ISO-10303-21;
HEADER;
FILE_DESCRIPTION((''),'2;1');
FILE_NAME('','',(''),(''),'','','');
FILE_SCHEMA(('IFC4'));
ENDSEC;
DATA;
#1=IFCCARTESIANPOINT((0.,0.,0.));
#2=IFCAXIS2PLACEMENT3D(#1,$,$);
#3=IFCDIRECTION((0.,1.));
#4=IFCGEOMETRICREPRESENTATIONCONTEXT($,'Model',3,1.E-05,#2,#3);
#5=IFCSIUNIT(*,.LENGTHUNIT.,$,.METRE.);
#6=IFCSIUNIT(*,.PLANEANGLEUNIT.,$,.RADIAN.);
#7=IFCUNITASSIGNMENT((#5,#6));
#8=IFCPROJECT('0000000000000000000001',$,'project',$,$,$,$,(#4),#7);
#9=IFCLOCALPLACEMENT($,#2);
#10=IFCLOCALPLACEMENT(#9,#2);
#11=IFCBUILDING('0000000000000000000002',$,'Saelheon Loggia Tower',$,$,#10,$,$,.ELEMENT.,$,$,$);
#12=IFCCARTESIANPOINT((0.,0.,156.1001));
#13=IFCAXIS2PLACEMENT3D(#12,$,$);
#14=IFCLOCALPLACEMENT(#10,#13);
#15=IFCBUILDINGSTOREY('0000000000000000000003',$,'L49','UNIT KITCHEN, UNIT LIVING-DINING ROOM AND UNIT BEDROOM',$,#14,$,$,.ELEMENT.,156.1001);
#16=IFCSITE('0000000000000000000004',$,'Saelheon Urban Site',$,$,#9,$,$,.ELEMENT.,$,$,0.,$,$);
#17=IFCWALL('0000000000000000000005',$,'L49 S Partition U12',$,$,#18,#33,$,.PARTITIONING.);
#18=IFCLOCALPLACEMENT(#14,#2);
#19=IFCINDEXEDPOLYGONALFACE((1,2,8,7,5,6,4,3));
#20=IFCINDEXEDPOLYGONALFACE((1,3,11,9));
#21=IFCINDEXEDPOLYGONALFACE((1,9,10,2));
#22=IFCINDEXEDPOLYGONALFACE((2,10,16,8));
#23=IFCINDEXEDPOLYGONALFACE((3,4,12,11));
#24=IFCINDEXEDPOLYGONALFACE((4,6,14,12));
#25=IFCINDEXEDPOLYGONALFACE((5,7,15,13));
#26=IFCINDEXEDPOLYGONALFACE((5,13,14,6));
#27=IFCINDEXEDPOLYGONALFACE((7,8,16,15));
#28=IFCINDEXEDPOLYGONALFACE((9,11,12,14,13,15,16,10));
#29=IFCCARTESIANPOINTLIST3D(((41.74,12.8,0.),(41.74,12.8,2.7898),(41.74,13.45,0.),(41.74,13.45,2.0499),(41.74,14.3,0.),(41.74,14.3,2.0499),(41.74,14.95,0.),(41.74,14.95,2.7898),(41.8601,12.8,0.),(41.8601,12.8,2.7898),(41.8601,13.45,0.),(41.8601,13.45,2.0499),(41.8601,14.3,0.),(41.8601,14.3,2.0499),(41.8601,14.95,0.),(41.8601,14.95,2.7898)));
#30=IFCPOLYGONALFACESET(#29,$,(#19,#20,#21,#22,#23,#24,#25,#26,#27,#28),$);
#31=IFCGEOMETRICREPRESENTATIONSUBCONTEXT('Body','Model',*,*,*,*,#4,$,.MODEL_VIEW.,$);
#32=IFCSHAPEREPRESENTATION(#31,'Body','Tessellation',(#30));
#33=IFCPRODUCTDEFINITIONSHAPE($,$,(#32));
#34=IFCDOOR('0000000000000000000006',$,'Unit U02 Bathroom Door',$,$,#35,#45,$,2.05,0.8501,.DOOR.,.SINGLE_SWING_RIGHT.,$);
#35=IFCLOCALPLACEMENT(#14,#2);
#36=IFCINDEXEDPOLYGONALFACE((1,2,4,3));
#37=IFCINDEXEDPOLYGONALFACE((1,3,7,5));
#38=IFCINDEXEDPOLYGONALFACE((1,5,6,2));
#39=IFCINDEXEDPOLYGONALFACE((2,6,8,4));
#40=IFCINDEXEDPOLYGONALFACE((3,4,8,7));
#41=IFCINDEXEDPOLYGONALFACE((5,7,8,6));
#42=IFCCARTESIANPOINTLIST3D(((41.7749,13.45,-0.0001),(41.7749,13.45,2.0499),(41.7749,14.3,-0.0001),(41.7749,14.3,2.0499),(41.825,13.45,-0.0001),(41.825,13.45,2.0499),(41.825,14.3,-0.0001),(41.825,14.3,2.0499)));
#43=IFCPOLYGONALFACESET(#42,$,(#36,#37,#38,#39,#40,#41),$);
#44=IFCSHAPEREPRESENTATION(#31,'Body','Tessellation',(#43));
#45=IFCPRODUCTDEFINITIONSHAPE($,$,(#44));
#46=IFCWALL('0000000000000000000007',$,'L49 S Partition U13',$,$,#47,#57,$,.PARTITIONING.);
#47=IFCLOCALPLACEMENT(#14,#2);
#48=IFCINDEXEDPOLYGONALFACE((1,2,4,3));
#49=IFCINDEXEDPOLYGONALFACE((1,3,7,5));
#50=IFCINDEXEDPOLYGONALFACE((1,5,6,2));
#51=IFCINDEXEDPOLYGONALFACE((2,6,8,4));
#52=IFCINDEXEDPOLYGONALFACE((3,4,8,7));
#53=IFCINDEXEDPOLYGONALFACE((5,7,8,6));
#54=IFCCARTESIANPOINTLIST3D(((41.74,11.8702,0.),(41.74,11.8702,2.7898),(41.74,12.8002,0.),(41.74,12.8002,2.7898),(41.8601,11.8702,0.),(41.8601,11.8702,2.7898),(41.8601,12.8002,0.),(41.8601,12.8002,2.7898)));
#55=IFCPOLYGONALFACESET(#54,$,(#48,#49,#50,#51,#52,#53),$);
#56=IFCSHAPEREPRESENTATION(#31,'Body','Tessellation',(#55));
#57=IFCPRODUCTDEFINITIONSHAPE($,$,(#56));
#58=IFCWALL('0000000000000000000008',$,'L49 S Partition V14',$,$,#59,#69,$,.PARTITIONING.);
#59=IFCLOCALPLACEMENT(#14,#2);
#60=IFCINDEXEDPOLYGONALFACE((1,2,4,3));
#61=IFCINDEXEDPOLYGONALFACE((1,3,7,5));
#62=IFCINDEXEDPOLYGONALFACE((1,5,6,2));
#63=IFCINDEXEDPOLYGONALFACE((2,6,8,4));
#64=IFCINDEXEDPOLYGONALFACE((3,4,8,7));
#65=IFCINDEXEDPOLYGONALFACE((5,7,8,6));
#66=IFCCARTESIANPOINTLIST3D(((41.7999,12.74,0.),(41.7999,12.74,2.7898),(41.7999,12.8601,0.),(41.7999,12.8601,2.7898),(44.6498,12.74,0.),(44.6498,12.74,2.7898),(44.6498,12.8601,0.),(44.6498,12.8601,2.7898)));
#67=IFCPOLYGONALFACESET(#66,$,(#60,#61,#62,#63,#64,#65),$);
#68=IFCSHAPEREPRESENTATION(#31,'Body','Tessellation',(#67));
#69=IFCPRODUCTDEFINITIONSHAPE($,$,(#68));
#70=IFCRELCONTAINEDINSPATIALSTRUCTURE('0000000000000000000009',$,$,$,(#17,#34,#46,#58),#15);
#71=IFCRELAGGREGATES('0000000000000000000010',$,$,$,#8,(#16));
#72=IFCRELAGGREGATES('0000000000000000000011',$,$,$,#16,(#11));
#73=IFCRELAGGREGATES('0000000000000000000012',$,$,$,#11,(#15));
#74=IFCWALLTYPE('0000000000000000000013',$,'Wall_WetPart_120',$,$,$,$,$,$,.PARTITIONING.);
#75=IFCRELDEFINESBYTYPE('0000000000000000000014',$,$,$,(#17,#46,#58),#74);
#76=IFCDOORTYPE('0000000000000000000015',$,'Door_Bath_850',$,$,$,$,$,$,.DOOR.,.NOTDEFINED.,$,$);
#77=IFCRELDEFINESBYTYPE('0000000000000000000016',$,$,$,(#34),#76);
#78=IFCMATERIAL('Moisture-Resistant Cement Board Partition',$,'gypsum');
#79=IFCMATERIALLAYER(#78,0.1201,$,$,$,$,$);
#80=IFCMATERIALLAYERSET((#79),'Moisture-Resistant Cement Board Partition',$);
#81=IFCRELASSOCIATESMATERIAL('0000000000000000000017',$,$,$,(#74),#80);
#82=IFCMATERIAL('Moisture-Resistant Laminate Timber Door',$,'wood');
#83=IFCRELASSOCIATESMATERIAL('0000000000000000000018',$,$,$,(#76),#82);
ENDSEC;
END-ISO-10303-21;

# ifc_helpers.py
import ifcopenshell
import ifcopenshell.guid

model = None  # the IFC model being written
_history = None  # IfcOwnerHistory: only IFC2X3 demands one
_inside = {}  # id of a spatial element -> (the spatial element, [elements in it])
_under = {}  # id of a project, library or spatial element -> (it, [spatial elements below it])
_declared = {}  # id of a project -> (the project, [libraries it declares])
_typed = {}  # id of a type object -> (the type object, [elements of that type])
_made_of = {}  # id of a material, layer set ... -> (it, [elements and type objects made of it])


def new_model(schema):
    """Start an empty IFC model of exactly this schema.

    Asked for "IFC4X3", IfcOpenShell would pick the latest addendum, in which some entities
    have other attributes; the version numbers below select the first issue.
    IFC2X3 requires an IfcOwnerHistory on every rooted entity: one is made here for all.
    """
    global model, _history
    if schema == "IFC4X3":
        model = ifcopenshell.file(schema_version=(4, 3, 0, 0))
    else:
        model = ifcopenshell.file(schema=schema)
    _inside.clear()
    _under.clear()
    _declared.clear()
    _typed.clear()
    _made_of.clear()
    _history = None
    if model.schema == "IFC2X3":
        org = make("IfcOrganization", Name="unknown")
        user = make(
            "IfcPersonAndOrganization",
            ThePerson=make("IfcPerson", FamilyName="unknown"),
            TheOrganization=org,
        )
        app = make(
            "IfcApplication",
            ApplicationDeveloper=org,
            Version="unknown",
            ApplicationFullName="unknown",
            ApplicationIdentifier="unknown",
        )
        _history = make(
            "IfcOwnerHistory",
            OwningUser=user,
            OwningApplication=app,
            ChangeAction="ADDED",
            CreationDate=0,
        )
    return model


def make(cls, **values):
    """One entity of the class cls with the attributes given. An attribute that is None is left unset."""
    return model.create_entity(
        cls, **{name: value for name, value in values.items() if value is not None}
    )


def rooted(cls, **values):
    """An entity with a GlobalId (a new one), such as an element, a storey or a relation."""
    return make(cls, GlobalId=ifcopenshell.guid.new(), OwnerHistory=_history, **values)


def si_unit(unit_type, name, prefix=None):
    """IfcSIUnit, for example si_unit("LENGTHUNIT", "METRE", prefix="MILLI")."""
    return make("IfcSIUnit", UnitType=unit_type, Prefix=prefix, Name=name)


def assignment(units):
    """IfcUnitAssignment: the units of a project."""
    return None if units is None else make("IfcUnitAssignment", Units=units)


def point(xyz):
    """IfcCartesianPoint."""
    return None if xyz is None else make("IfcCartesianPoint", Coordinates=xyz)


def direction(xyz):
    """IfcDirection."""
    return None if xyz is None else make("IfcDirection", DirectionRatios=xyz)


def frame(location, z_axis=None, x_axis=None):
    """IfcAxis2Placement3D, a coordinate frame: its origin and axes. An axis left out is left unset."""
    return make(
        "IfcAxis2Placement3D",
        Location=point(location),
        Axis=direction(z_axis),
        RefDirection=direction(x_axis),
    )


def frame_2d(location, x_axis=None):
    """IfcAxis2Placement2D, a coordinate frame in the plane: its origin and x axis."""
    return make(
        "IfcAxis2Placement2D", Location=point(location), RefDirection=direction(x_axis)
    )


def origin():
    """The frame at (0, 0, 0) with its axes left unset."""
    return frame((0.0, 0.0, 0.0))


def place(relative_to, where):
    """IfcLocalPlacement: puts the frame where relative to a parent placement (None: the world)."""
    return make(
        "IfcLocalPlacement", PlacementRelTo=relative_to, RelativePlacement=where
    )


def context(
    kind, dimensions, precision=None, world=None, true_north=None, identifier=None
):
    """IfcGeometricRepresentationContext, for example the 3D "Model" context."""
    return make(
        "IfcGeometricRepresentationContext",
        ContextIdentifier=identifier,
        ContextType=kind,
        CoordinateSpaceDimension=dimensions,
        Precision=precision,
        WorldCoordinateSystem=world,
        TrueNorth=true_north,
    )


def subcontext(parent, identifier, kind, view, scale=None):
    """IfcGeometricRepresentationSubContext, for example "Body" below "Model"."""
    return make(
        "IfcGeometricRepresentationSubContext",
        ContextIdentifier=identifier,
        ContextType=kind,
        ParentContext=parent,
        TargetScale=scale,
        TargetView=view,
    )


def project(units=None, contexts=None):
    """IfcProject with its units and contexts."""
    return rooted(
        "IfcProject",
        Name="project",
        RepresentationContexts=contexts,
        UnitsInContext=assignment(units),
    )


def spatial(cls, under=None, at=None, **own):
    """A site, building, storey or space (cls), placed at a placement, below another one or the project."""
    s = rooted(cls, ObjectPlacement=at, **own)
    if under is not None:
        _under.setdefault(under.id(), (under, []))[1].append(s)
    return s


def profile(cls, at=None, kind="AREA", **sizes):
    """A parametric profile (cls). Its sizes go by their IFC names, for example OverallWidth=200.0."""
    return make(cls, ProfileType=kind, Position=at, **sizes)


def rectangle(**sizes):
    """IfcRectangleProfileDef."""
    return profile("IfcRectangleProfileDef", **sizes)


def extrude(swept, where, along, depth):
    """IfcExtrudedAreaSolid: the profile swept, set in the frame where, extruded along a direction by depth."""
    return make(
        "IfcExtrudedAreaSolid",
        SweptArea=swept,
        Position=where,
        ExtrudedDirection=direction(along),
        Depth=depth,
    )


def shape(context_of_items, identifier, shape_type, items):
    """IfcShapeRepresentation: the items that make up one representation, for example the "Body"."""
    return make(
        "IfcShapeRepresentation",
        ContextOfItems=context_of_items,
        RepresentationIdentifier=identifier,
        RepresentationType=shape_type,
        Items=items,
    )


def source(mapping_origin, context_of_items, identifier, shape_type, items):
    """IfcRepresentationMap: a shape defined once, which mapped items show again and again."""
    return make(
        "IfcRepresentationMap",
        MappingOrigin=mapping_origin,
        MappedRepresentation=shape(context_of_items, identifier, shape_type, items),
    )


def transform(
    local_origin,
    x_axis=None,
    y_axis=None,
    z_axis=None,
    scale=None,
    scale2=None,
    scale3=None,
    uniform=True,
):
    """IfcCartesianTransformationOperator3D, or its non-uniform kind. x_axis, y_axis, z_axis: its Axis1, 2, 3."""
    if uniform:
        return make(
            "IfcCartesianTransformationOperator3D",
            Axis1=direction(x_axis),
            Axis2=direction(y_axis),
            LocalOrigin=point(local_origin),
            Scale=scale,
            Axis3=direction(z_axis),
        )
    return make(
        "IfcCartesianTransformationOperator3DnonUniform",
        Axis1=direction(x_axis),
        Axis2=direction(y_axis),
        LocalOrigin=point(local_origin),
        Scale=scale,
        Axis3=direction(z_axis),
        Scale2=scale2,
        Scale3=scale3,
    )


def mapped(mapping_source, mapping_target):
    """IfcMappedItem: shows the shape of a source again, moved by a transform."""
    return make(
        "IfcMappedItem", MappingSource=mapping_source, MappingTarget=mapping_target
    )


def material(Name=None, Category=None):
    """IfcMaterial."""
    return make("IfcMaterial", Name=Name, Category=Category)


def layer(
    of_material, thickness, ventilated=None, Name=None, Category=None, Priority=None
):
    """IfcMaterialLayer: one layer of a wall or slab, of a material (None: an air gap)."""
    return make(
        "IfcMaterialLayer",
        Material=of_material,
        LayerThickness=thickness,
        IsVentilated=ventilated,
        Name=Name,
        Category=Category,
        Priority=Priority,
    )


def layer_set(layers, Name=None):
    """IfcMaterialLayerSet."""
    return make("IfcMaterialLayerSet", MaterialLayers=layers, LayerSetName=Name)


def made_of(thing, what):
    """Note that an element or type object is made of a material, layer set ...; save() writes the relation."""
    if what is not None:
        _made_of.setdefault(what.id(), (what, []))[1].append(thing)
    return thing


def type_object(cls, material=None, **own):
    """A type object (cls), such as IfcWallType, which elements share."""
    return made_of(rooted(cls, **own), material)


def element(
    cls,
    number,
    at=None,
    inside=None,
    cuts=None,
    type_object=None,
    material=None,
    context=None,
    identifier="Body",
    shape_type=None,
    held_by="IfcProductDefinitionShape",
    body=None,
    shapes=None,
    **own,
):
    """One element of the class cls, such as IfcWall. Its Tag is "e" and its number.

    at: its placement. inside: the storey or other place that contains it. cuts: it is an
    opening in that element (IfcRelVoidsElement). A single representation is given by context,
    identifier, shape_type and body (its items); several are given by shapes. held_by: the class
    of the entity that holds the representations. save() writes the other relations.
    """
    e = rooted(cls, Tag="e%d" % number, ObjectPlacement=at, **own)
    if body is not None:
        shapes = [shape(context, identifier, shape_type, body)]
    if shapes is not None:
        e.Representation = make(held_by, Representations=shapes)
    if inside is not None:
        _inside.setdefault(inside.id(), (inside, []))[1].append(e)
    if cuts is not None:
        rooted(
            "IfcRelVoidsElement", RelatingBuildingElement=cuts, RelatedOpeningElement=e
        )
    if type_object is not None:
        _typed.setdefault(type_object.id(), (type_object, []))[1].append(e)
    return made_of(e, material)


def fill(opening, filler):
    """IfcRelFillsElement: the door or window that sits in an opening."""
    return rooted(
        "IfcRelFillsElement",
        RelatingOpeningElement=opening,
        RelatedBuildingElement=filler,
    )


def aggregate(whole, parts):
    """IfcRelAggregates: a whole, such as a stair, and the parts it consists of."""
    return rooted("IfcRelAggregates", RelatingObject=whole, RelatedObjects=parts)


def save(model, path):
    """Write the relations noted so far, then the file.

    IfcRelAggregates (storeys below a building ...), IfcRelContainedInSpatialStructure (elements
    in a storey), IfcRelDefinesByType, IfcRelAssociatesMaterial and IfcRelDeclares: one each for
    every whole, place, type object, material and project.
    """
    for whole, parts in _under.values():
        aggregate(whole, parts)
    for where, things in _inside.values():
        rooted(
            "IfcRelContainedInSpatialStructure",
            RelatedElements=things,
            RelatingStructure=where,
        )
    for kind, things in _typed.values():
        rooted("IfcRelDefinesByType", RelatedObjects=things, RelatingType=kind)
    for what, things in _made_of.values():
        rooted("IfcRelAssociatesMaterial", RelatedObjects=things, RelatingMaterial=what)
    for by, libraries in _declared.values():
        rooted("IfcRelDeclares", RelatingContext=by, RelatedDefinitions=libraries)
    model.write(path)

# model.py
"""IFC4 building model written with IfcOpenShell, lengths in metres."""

from ifc_helpers import new_model, si_unit, direction, frame, frame_2d, origin, place, context, subcontext, project, spatial, rectangle, extrude, source, transform, mapped, material, layer, layer_set, type_object, element, fill, save


model = new_model("IFC4")

# Units and contexts
model_context = context("Model", 3, precision=1e-05, world=origin(), true_north=direction((0.0, 1.0)))
body_context = subcontext(model_context, "Body", "Model", "MODEL_VIEW")
ifc_project = project(units=[si_unit("LENGTHUNIT", "METRE"), si_unit("PLANEANGLEUNIT", "RADIAN")], contexts=[model_context])

# Site, building, storey
site_placement = place(None, origin())
site = spatial("IfcSite", under=ifc_project, at=site_placement, Name="Saelheon Urban Site", CompositionType="ELEMENT", RefElevation=0.0)
building_placement = place(site_placement, origin())
building = spatial("IfcBuilding", under=site, at=building_placement, Name="Saelheon Loggia Tower", CompositionType="ELEMENT")
storey_placement = place(building_placement, frame((0.0, 0.0, 156.1001)))
storey = spatial("IfcBuildingStorey", under=building, at=storey_placement, Name="L49", Description="UNIT KITCHEN, UNIT LIVING-DINING ROOM AND UNIT BEDROOM", CompositionType="ELEMENT", Elevation=156.1001)

# Wall, opening, door
ifc_material_1 = material(Name="Moisture-Resistant Cement Board Partition", Category="gypsum")
ifc_layer_1 = layer(ifc_material_1, 0.1201)
ifc_layer_set_1 = layer_set([ifc_layer_1], Name="Moisture-Resistant Cement Board Partition")
wall_type_1 = type_object("IfcWallType", Name="Wall_WetPart_120", PredefinedType="PARTITIONING", material=ifc_layer_set_1)
wall_1_placement = place(storey_placement, frame((41.8, 14.95, 0.0), z_axis=(0.0, 0.0, 1.0), x_axis=(0.0, -1.0, 0.0)))
wall_1 = element("IfcWall", 1, at=wall_1_placement, inside=storey, type_object=wall_type_1, Name="L49 S Partition U12", PredefinedType="PARTITIONING", context=body_context, shape_type="SweptSolid", body=[
    extrude(rectangle(XDim=2.1499, YDim=0.1201, at=frame_2d((1.075, 0.0))), origin(), (0.0, 0.0, 1.0), 2.7898),
])
opening_1_placement = place(wall_1_placement, frame((0.6499, 0.0, 0.0)))
opening_1 = element("IfcOpeningElement", 2, at=opening_1_placement, cuts=wall_1, PredefinedType="OPENING", context=body_context, shape_type="SweptSolid", body=[
    extrude(rectangle(XDim=0.8501, YDim=2.05, at=frame_2d((0.425, 1.0249))), frame((0.0, 0.072, 0.0), z_axis=(0.0, -1.0, 0.0), x_axis=(1.0, 0.0, 0.0)), (0.0, 0.0, 1.0), 0.144),
])
ifc_material_2 = material(Name="Moisture-Resistant Laminate Timber Door", Category="wood")
door_type_1 = type_object("IfcDoorType", Name="Door_Bath_850", OperationType="NOTDEFINED", PredefinedType="DOOR", material=ifc_material_2)
shared_shape_1 = source(origin(), body_context, "Body", "SweptSolid", [
    extrude(rectangle(XDim=0.8501, YDim=2.05, at=frame_2d((0.425, 1.0249))), frame((0.0, 0.0249, 0.0), z_axis=(0.0, -1.0, 0.0), x_axis=(1.0, 0.0, 0.0)), (0.0, 0.0, 1.0), 0.05),
])
door_1_placement = place(opening_1_placement, origin())
door_1 = element("IfcDoor", 3, at=door_1_placement, inside=storey, type_object=door_type_1, Name="Unit U02 Bathroom Door", OperationType="SINGLE_SWING_RIGHT", OverallHeight=2.05, OverallWidth=0.8501, PredefinedType="DOOR", context=body_context, shape_type="MappedRepresentation", body=[
    mapped(shared_shape_1, transform((0.0, 0.0, 0.0), scale=1.0)),
])
fill(opening_1, door_1)

# Walls
wall_2_placement = place(storey_placement, frame((41.8, 12.8, 0.0), z_axis=(0.0, 0.0, 1.0), x_axis=(0.0, -1.0, 0.0)))
element("IfcWall", 4, at=wall_2_placement, inside=storey, type_object=wall_type_1, Name="L49 S Partition U13", PredefinedType="PARTITIONING", context=body_context, shape_type="SweptSolid", body=[
    extrude(rectangle(XDim=0.9299, YDim=0.1201, at=frame_2d((0.4648, 0.0))), origin(), (0.0, 0.0, 1.0), 2.7898),
])
wall_3_placement = place(storey_placement, frame((41.8, 12.8, 0.0), z_axis=(0.0, 0.0, 1.0), x_axis=(1.0, 0.0, 0.0)))
element("IfcWall", 5, at=wall_3_placement, inside=storey, type_object=wall_type_1, Name="L49 S Partition V14", PredefinedType="PARTITIONING", context=body_context, shape_type="SweptSolid", body=[
    extrude(rectangle(XDim=2.8499, YDim=0.1201, at=frame_2d((1.4248, 0.0))), origin(), (0.0, 0.0, 1.0), 2.7898),
])

save(model, "model.ifc")
